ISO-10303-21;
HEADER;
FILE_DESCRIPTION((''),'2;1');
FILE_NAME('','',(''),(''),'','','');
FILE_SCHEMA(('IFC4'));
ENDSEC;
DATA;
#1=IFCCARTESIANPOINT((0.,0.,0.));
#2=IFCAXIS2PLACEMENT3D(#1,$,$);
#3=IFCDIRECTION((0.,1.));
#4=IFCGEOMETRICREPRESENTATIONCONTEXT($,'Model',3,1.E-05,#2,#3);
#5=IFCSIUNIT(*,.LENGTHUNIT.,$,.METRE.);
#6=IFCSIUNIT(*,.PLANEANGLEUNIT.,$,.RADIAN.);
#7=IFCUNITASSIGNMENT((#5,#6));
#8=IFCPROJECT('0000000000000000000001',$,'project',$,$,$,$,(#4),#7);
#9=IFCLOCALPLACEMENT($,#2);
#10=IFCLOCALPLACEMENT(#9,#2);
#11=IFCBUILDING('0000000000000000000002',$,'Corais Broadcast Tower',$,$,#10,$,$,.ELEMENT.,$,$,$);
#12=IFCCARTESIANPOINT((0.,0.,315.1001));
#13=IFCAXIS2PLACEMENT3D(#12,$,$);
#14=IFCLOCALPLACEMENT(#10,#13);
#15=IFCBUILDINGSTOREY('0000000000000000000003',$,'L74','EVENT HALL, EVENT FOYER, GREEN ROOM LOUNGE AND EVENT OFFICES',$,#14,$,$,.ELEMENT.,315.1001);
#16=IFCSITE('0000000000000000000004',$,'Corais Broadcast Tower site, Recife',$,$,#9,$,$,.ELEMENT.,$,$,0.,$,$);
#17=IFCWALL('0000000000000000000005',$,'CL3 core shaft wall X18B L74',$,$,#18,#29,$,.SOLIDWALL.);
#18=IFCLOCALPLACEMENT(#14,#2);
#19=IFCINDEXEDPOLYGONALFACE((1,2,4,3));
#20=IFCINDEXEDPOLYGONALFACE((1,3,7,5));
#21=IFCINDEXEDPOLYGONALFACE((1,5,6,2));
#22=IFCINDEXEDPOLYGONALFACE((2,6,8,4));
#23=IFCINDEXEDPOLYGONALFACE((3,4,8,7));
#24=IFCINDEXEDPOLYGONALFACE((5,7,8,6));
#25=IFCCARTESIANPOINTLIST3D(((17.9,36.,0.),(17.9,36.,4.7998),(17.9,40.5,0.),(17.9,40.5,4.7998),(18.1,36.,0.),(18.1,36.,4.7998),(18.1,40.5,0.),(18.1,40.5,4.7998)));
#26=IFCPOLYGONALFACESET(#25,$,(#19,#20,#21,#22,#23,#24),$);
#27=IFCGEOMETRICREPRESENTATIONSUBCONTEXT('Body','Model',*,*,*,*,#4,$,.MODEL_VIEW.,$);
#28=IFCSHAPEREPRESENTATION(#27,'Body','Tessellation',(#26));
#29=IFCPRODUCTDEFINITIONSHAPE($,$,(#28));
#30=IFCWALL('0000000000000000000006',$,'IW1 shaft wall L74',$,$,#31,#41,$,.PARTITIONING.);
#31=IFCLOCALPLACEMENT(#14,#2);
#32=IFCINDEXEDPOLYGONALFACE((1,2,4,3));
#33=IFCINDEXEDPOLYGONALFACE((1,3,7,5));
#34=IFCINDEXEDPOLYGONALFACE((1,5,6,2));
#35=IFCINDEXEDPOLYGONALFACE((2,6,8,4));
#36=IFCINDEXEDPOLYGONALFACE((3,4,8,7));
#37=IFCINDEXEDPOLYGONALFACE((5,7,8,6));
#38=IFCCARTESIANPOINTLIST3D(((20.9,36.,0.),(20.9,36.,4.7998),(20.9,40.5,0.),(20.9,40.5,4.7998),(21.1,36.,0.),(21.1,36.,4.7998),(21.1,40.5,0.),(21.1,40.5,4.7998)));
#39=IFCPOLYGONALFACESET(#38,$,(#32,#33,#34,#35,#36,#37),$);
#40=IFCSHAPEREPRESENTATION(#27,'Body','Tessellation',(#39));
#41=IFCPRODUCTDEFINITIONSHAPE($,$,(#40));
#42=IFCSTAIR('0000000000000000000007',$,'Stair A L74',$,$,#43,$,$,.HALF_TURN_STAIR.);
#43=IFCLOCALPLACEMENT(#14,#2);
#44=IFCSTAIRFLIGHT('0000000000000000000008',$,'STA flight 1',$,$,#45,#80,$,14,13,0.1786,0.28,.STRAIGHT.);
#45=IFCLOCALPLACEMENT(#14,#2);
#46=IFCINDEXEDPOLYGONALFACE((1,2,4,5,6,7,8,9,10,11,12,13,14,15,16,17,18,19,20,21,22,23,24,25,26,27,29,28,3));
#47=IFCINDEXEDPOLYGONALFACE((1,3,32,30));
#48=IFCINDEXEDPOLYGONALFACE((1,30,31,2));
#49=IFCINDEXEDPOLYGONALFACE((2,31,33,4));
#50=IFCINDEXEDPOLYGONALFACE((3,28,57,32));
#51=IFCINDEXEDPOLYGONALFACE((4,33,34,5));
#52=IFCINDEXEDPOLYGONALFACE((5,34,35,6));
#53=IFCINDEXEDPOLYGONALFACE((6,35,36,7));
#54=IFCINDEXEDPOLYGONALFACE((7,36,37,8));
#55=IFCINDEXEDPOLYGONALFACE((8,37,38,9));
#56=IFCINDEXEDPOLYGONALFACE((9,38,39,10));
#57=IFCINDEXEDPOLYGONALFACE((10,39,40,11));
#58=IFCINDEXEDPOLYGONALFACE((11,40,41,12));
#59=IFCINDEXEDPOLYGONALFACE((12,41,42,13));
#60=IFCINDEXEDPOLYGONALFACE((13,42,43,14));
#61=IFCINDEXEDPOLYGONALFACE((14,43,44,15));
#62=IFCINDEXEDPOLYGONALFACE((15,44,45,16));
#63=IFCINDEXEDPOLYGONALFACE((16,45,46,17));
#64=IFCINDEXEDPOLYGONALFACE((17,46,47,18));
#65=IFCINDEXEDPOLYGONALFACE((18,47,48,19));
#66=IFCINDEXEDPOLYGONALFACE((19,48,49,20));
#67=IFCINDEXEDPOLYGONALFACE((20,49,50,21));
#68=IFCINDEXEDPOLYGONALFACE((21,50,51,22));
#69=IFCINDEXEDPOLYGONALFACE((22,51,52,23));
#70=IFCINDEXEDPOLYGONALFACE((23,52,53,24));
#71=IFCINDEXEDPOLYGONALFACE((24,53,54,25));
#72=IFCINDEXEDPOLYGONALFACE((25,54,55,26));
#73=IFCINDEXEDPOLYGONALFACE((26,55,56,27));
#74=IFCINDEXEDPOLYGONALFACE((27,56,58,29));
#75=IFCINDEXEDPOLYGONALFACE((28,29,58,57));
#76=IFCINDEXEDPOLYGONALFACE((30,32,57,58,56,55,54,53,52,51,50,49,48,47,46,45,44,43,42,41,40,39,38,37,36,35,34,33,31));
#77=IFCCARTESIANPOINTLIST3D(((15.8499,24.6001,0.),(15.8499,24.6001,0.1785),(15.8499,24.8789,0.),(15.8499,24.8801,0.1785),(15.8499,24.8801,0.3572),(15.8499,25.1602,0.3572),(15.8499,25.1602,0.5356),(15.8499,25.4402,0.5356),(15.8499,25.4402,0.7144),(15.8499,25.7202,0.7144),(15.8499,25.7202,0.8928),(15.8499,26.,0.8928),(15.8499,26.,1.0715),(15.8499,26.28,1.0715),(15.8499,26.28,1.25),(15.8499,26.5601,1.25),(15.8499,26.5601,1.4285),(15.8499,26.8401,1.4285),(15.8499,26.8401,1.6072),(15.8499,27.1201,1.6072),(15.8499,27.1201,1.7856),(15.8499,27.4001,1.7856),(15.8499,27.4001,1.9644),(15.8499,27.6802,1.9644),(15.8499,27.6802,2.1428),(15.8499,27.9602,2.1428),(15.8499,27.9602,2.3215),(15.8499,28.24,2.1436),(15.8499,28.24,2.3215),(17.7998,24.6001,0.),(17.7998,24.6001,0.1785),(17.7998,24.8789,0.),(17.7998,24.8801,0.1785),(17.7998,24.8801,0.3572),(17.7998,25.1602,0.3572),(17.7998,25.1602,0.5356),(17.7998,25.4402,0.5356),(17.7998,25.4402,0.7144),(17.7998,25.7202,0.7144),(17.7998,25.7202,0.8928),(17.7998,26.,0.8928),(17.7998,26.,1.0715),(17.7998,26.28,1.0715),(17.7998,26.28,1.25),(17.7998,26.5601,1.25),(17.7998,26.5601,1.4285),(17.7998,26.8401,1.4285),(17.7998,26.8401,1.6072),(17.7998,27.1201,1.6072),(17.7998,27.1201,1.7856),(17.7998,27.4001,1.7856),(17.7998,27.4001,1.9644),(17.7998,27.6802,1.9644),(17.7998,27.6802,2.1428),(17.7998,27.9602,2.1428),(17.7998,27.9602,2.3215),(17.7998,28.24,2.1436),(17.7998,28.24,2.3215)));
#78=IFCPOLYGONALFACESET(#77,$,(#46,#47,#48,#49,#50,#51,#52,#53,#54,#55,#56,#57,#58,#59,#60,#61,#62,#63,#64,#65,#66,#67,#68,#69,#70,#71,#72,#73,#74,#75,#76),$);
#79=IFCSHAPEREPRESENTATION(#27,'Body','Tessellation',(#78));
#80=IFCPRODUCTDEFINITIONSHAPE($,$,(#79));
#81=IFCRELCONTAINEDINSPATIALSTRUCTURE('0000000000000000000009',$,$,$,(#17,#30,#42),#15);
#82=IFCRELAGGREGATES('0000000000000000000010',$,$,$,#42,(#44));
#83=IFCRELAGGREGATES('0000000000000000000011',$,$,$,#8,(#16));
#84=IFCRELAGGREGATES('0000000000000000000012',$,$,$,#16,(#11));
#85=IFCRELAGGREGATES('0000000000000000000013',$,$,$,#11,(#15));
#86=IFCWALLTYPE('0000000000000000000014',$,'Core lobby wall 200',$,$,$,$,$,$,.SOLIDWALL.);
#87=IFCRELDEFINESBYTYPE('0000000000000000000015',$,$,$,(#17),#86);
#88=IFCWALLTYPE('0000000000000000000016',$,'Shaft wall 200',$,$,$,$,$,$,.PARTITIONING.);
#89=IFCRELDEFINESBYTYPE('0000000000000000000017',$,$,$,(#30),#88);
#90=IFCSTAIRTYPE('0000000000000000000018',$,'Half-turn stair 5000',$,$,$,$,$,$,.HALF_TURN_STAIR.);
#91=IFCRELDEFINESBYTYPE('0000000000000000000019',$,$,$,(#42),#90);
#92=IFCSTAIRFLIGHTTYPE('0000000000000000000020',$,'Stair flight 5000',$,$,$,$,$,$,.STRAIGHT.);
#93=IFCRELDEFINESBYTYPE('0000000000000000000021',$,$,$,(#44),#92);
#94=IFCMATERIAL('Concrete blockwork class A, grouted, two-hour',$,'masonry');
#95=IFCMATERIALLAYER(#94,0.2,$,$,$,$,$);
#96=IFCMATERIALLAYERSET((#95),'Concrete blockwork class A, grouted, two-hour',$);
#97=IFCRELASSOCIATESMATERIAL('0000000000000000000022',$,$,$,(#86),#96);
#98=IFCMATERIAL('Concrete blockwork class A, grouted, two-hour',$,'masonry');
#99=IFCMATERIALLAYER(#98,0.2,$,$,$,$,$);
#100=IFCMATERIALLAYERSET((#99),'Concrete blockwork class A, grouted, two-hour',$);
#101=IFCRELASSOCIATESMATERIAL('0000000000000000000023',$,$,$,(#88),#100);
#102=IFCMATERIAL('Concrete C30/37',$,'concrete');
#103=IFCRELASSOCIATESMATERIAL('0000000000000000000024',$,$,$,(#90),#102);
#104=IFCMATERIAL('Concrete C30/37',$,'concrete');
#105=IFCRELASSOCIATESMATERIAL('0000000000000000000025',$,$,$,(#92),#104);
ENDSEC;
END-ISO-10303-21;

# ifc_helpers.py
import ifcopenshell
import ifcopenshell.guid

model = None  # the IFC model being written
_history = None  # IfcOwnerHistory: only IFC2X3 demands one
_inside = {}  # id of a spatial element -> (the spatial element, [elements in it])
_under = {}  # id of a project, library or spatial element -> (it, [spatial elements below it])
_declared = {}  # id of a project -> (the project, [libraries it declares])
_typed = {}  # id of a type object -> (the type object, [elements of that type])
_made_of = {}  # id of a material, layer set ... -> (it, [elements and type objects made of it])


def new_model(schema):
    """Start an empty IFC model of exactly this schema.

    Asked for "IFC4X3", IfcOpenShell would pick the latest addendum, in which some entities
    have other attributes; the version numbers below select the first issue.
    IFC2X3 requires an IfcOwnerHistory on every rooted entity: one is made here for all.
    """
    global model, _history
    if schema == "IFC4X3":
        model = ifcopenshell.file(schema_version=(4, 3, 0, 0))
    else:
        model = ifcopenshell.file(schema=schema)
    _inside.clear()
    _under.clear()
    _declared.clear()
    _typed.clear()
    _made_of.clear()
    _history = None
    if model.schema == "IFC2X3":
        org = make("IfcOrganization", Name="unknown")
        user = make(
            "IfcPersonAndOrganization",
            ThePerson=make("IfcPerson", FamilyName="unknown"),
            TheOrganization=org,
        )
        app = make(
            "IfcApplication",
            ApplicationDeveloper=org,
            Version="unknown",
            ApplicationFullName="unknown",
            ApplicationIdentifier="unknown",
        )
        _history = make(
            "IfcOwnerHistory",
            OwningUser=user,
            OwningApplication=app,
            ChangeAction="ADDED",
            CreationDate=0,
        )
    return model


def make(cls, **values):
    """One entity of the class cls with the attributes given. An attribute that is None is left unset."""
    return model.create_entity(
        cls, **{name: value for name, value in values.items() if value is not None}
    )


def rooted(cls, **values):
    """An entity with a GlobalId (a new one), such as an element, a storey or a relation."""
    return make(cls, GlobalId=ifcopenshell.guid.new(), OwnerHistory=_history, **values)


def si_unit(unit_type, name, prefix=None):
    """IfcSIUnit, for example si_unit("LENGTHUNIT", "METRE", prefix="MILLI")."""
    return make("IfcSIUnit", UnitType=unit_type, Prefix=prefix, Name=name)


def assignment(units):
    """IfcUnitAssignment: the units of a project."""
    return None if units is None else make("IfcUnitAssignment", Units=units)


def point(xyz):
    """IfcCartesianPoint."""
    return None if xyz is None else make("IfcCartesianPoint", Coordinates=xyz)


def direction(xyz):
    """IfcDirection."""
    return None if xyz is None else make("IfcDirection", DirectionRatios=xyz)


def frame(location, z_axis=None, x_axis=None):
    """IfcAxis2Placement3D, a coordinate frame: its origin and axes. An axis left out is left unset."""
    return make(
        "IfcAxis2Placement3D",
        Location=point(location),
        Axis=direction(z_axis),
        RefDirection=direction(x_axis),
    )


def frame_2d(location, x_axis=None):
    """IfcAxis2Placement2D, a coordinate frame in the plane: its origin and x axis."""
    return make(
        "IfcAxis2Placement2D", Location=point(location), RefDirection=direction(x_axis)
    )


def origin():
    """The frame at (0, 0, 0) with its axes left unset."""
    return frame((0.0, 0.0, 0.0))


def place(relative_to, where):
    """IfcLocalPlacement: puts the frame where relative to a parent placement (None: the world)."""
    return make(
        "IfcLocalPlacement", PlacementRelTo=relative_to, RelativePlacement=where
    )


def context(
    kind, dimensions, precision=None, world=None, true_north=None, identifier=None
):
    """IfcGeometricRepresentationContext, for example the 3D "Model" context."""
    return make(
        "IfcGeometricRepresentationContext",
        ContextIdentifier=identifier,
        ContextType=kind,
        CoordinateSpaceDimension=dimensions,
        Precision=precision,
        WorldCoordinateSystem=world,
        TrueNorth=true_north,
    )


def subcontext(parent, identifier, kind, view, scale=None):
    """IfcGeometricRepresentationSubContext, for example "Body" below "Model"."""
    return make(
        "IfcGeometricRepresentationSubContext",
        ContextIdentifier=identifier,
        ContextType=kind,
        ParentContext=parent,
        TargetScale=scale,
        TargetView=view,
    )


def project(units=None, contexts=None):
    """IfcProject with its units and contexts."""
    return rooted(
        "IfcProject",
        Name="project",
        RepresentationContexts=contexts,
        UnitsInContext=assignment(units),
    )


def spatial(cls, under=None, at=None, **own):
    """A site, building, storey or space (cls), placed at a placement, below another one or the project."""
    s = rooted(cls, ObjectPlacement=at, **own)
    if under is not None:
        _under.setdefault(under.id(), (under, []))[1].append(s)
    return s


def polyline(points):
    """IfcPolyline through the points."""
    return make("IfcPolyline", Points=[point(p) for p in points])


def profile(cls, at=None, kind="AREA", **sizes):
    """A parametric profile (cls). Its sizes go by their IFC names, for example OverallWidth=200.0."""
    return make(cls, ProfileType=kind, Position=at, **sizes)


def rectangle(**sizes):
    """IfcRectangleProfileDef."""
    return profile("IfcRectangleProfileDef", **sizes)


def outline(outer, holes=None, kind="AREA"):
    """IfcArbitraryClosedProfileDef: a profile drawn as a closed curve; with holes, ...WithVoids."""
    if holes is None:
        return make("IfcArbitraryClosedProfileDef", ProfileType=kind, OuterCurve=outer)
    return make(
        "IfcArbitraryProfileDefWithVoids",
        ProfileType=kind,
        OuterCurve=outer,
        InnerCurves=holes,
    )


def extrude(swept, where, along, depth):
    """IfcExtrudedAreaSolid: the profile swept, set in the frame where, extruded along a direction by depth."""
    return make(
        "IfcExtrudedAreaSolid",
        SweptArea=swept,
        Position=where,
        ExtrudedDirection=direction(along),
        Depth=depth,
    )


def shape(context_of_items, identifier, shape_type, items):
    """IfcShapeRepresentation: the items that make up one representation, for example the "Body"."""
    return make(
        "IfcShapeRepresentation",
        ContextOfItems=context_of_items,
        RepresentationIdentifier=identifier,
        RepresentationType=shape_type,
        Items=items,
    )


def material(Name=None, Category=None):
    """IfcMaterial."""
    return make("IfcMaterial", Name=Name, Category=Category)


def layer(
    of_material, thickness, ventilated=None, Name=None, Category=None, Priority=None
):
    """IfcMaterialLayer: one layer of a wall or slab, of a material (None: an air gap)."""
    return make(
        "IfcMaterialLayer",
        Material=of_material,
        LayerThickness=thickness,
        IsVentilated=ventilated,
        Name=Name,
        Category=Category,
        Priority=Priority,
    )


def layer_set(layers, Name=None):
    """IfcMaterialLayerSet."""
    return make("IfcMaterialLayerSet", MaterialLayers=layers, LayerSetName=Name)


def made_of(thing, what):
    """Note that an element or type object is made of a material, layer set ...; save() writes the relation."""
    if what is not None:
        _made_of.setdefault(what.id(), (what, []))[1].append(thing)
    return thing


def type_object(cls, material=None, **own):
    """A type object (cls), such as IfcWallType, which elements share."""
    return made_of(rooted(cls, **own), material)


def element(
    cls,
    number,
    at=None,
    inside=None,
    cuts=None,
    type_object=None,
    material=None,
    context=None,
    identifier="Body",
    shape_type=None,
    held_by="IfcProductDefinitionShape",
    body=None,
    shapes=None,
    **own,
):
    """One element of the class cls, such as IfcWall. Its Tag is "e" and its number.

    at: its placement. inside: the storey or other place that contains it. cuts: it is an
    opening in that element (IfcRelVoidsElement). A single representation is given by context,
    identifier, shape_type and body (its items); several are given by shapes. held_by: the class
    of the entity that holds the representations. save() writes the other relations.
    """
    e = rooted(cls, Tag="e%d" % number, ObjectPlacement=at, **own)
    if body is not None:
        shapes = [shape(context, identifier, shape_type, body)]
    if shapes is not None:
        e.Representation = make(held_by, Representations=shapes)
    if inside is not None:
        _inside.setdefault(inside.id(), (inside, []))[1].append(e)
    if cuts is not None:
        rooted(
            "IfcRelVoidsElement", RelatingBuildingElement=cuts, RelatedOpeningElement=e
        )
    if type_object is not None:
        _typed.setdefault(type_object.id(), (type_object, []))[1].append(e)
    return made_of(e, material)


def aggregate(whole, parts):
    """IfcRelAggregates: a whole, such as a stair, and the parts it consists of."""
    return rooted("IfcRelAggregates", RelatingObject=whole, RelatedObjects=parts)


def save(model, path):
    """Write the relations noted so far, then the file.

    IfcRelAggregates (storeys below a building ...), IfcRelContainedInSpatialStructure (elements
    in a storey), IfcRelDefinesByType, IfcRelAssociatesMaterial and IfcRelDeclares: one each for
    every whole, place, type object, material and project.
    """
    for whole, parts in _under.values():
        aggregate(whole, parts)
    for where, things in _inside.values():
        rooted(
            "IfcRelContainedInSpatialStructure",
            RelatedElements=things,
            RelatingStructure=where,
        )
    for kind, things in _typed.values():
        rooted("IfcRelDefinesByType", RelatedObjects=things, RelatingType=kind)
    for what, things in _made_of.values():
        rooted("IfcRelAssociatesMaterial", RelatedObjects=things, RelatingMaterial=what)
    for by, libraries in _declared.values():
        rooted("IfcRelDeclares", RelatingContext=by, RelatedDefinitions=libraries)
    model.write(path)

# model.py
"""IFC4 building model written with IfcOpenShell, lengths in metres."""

from ifc_helpers import new_model, si_unit, direction, frame, frame_2d, origin, place, context, subcontext, project, spatial, polyline, rectangle, outline, extrude, material, layer, layer_set, type_object, element, aggregate, save


model = new_model("IFC4")

# Units and contexts
model_context = context("Model", 3, precision=1e-05, world=origin(), true_north=direction((0.0, 1.0)))
body_context = subcontext(model_context, "Body", "Model", "MODEL_VIEW")
ifc_project = project(units=[si_unit("LENGTHUNIT", "METRE"), si_unit("PLANEANGLEUNIT", "RADIAN")], contexts=[model_context])

# Site, building, storey
site_placement = place(None, origin())
site = spatial("IfcSite", under=ifc_project, at=site_placement, Name="Corais Broadcast Tower site, Recife", CompositionType="ELEMENT", RefElevation=0.0)
building_placement = place(site_placement, origin())
building = spatial("IfcBuilding", under=site, at=building_placement, Name="Corais Broadcast Tower", CompositionType="ELEMENT")
storey_placement = place(building_placement, frame((0.0, 0.0, 315.1001)))
storey = spatial("IfcBuildingStorey", under=building, at=storey_placement, Name="L74", Description="EVENT HALL, EVENT FOYER, GREEN ROOM LOUNGE AND EVENT OFFICES", CompositionType="ELEMENT", Elevation=315.1001)

# Walls
ifc_material_1 = material(Name="Concrete blockwork class A, grouted, two-hour", Category="masonry")
ifc_layer_1 = layer(ifc_material_1, 0.2)
ifc_layer_set_1 = layer_set([ifc_layer_1], Name="Concrete blockwork class A, grouted, two-hour")
wall_type_1 = type_object("IfcWallType", Name="Core lobby wall 200", PredefinedType="SOLIDWALL", material=ifc_layer_set_1)
wall_1_placement = place(storey_placement, frame((18.0, 36.0, 0.0), z_axis=(0.0, 0.0, 1.0), x_axis=(0.0, 1.0, 0.0)))
element("IfcWall", 1, at=wall_1_placement, inside=storey, type_object=wall_type_1, Name="CL3 core shaft wall X18B L74", PredefinedType="SOLIDWALL", context=body_context, shape_type="SweptSolid", body=[
    extrude(rectangle(XDim=4.5, YDim=0.2, at=frame_2d((2.25, 0.0))), origin(), (0.0, 0.0, 1.0), 4.7998),
])
ifc_material_2 = material(Name="Concrete blockwork class A, grouted, two-hour", Category="masonry")
ifc_layer_2 = layer(ifc_material_2, 0.2)
ifc_layer_set_2 = layer_set([ifc_layer_2], Name="Concrete blockwork class A, grouted, two-hour")
wall_type_2 = type_object("IfcWallType", Name="Shaft wall 200", PredefinedType="PARTITIONING", material=ifc_layer_set_2)
wall_2_placement = place(storey_placement, frame((21.0, 36.0, 0.0), z_axis=(0.0, 0.0, 1.0), x_axis=(0.0, 1.0, 0.0)))
element("IfcWall", 2, at=wall_2_placement, inside=storey, type_object=wall_type_2, Name="IW1 shaft wall L74", PredefinedType="PARTITIONING", context=body_context, shape_type="SweptSolid", body=[
    extrude(rectangle(XDim=4.5, YDim=0.2, at=frame_2d((2.25, 0.0))), origin(), (0.0, 0.0, 1.0), 4.7998),
])

# Stair, stair flight
ifc_material_3 = material(Name="Concrete C30/37", Category="concrete")
stair_type = type_object("IfcStairType", Name="Half-turn stair 5000", PredefinedType="HALF_TURN_STAIR", material=ifc_material_3)
stair_placement = place(storey_placement, origin())
stair = element("IfcStair", 3, at=stair_placement, inside=storey, type_object=stair_type, Name="Stair A L74", PredefinedType="HALF_TURN_STAIR")
ifc_material_4 = material(Name="Concrete C30/37", Category="concrete")
stair_flight_type = type_object("IfcStairFlightType", Name="Stair flight 5000", PredefinedType="STRAIGHT", material=ifc_material_4)
stair_flight_placement = place(storey_placement, frame((16.825, 24.6001, 0.0), z_axis=(0.0, 0.0, 1.0), x_axis=(0.0, 1.0, 0.0)))
stair_flight = element("IfcStairFlight", 4, at=stair_flight_placement, type_object=stair_flight_type, Name="STA flight 1", NumberOfRisers=14, NumberOfTreads=13, PredefinedType="STRAIGHT", RiserHeight=0.1786, TreadLength=0.28, context=body_context, shape_type="SweptSolid", body=[
    extrude(outline(polyline([(0.0, 0.0), (0.0, 0.1785), (0.28, 0.1785), (0.28, 0.3572), (0.5601, 0.3572), (0.5601, 0.5356), (0.8401, 0.5356), (0.8401, 0.7144), (1.1201, 0.7144), (1.1201, 0.8928), (1.3999, 0.8928), (1.3999, 1.0715), (1.6799, 1.0715), (1.6799, 1.25), (1.96, 1.25), (1.96, 1.4285), (2.24, 1.4285), (2.24, 1.6072), (2.52, 1.6072), (2.52, 1.7856), (2.8, 1.7856), (2.8, 1.9644), (3.0801, 1.9644), (3.0801, 2.1428), (3.3601, 2.1428), (3.3601, 2.3215), (3.6399, 2.3215), (3.6399, 2.5), (3.6399, 2.1436), (0.2788, 0.0), (0.0, 0.0)])), frame((0.0, 0.9751, 0.0), z_axis=(0.0, -1.0, 0.0), x_axis=(1.0, 0.0, 0.0)), (0.0, 0.0, 1.0), 1.95),
])
aggregate(stair, [stair_flight])

save(model, "model.ifc")
